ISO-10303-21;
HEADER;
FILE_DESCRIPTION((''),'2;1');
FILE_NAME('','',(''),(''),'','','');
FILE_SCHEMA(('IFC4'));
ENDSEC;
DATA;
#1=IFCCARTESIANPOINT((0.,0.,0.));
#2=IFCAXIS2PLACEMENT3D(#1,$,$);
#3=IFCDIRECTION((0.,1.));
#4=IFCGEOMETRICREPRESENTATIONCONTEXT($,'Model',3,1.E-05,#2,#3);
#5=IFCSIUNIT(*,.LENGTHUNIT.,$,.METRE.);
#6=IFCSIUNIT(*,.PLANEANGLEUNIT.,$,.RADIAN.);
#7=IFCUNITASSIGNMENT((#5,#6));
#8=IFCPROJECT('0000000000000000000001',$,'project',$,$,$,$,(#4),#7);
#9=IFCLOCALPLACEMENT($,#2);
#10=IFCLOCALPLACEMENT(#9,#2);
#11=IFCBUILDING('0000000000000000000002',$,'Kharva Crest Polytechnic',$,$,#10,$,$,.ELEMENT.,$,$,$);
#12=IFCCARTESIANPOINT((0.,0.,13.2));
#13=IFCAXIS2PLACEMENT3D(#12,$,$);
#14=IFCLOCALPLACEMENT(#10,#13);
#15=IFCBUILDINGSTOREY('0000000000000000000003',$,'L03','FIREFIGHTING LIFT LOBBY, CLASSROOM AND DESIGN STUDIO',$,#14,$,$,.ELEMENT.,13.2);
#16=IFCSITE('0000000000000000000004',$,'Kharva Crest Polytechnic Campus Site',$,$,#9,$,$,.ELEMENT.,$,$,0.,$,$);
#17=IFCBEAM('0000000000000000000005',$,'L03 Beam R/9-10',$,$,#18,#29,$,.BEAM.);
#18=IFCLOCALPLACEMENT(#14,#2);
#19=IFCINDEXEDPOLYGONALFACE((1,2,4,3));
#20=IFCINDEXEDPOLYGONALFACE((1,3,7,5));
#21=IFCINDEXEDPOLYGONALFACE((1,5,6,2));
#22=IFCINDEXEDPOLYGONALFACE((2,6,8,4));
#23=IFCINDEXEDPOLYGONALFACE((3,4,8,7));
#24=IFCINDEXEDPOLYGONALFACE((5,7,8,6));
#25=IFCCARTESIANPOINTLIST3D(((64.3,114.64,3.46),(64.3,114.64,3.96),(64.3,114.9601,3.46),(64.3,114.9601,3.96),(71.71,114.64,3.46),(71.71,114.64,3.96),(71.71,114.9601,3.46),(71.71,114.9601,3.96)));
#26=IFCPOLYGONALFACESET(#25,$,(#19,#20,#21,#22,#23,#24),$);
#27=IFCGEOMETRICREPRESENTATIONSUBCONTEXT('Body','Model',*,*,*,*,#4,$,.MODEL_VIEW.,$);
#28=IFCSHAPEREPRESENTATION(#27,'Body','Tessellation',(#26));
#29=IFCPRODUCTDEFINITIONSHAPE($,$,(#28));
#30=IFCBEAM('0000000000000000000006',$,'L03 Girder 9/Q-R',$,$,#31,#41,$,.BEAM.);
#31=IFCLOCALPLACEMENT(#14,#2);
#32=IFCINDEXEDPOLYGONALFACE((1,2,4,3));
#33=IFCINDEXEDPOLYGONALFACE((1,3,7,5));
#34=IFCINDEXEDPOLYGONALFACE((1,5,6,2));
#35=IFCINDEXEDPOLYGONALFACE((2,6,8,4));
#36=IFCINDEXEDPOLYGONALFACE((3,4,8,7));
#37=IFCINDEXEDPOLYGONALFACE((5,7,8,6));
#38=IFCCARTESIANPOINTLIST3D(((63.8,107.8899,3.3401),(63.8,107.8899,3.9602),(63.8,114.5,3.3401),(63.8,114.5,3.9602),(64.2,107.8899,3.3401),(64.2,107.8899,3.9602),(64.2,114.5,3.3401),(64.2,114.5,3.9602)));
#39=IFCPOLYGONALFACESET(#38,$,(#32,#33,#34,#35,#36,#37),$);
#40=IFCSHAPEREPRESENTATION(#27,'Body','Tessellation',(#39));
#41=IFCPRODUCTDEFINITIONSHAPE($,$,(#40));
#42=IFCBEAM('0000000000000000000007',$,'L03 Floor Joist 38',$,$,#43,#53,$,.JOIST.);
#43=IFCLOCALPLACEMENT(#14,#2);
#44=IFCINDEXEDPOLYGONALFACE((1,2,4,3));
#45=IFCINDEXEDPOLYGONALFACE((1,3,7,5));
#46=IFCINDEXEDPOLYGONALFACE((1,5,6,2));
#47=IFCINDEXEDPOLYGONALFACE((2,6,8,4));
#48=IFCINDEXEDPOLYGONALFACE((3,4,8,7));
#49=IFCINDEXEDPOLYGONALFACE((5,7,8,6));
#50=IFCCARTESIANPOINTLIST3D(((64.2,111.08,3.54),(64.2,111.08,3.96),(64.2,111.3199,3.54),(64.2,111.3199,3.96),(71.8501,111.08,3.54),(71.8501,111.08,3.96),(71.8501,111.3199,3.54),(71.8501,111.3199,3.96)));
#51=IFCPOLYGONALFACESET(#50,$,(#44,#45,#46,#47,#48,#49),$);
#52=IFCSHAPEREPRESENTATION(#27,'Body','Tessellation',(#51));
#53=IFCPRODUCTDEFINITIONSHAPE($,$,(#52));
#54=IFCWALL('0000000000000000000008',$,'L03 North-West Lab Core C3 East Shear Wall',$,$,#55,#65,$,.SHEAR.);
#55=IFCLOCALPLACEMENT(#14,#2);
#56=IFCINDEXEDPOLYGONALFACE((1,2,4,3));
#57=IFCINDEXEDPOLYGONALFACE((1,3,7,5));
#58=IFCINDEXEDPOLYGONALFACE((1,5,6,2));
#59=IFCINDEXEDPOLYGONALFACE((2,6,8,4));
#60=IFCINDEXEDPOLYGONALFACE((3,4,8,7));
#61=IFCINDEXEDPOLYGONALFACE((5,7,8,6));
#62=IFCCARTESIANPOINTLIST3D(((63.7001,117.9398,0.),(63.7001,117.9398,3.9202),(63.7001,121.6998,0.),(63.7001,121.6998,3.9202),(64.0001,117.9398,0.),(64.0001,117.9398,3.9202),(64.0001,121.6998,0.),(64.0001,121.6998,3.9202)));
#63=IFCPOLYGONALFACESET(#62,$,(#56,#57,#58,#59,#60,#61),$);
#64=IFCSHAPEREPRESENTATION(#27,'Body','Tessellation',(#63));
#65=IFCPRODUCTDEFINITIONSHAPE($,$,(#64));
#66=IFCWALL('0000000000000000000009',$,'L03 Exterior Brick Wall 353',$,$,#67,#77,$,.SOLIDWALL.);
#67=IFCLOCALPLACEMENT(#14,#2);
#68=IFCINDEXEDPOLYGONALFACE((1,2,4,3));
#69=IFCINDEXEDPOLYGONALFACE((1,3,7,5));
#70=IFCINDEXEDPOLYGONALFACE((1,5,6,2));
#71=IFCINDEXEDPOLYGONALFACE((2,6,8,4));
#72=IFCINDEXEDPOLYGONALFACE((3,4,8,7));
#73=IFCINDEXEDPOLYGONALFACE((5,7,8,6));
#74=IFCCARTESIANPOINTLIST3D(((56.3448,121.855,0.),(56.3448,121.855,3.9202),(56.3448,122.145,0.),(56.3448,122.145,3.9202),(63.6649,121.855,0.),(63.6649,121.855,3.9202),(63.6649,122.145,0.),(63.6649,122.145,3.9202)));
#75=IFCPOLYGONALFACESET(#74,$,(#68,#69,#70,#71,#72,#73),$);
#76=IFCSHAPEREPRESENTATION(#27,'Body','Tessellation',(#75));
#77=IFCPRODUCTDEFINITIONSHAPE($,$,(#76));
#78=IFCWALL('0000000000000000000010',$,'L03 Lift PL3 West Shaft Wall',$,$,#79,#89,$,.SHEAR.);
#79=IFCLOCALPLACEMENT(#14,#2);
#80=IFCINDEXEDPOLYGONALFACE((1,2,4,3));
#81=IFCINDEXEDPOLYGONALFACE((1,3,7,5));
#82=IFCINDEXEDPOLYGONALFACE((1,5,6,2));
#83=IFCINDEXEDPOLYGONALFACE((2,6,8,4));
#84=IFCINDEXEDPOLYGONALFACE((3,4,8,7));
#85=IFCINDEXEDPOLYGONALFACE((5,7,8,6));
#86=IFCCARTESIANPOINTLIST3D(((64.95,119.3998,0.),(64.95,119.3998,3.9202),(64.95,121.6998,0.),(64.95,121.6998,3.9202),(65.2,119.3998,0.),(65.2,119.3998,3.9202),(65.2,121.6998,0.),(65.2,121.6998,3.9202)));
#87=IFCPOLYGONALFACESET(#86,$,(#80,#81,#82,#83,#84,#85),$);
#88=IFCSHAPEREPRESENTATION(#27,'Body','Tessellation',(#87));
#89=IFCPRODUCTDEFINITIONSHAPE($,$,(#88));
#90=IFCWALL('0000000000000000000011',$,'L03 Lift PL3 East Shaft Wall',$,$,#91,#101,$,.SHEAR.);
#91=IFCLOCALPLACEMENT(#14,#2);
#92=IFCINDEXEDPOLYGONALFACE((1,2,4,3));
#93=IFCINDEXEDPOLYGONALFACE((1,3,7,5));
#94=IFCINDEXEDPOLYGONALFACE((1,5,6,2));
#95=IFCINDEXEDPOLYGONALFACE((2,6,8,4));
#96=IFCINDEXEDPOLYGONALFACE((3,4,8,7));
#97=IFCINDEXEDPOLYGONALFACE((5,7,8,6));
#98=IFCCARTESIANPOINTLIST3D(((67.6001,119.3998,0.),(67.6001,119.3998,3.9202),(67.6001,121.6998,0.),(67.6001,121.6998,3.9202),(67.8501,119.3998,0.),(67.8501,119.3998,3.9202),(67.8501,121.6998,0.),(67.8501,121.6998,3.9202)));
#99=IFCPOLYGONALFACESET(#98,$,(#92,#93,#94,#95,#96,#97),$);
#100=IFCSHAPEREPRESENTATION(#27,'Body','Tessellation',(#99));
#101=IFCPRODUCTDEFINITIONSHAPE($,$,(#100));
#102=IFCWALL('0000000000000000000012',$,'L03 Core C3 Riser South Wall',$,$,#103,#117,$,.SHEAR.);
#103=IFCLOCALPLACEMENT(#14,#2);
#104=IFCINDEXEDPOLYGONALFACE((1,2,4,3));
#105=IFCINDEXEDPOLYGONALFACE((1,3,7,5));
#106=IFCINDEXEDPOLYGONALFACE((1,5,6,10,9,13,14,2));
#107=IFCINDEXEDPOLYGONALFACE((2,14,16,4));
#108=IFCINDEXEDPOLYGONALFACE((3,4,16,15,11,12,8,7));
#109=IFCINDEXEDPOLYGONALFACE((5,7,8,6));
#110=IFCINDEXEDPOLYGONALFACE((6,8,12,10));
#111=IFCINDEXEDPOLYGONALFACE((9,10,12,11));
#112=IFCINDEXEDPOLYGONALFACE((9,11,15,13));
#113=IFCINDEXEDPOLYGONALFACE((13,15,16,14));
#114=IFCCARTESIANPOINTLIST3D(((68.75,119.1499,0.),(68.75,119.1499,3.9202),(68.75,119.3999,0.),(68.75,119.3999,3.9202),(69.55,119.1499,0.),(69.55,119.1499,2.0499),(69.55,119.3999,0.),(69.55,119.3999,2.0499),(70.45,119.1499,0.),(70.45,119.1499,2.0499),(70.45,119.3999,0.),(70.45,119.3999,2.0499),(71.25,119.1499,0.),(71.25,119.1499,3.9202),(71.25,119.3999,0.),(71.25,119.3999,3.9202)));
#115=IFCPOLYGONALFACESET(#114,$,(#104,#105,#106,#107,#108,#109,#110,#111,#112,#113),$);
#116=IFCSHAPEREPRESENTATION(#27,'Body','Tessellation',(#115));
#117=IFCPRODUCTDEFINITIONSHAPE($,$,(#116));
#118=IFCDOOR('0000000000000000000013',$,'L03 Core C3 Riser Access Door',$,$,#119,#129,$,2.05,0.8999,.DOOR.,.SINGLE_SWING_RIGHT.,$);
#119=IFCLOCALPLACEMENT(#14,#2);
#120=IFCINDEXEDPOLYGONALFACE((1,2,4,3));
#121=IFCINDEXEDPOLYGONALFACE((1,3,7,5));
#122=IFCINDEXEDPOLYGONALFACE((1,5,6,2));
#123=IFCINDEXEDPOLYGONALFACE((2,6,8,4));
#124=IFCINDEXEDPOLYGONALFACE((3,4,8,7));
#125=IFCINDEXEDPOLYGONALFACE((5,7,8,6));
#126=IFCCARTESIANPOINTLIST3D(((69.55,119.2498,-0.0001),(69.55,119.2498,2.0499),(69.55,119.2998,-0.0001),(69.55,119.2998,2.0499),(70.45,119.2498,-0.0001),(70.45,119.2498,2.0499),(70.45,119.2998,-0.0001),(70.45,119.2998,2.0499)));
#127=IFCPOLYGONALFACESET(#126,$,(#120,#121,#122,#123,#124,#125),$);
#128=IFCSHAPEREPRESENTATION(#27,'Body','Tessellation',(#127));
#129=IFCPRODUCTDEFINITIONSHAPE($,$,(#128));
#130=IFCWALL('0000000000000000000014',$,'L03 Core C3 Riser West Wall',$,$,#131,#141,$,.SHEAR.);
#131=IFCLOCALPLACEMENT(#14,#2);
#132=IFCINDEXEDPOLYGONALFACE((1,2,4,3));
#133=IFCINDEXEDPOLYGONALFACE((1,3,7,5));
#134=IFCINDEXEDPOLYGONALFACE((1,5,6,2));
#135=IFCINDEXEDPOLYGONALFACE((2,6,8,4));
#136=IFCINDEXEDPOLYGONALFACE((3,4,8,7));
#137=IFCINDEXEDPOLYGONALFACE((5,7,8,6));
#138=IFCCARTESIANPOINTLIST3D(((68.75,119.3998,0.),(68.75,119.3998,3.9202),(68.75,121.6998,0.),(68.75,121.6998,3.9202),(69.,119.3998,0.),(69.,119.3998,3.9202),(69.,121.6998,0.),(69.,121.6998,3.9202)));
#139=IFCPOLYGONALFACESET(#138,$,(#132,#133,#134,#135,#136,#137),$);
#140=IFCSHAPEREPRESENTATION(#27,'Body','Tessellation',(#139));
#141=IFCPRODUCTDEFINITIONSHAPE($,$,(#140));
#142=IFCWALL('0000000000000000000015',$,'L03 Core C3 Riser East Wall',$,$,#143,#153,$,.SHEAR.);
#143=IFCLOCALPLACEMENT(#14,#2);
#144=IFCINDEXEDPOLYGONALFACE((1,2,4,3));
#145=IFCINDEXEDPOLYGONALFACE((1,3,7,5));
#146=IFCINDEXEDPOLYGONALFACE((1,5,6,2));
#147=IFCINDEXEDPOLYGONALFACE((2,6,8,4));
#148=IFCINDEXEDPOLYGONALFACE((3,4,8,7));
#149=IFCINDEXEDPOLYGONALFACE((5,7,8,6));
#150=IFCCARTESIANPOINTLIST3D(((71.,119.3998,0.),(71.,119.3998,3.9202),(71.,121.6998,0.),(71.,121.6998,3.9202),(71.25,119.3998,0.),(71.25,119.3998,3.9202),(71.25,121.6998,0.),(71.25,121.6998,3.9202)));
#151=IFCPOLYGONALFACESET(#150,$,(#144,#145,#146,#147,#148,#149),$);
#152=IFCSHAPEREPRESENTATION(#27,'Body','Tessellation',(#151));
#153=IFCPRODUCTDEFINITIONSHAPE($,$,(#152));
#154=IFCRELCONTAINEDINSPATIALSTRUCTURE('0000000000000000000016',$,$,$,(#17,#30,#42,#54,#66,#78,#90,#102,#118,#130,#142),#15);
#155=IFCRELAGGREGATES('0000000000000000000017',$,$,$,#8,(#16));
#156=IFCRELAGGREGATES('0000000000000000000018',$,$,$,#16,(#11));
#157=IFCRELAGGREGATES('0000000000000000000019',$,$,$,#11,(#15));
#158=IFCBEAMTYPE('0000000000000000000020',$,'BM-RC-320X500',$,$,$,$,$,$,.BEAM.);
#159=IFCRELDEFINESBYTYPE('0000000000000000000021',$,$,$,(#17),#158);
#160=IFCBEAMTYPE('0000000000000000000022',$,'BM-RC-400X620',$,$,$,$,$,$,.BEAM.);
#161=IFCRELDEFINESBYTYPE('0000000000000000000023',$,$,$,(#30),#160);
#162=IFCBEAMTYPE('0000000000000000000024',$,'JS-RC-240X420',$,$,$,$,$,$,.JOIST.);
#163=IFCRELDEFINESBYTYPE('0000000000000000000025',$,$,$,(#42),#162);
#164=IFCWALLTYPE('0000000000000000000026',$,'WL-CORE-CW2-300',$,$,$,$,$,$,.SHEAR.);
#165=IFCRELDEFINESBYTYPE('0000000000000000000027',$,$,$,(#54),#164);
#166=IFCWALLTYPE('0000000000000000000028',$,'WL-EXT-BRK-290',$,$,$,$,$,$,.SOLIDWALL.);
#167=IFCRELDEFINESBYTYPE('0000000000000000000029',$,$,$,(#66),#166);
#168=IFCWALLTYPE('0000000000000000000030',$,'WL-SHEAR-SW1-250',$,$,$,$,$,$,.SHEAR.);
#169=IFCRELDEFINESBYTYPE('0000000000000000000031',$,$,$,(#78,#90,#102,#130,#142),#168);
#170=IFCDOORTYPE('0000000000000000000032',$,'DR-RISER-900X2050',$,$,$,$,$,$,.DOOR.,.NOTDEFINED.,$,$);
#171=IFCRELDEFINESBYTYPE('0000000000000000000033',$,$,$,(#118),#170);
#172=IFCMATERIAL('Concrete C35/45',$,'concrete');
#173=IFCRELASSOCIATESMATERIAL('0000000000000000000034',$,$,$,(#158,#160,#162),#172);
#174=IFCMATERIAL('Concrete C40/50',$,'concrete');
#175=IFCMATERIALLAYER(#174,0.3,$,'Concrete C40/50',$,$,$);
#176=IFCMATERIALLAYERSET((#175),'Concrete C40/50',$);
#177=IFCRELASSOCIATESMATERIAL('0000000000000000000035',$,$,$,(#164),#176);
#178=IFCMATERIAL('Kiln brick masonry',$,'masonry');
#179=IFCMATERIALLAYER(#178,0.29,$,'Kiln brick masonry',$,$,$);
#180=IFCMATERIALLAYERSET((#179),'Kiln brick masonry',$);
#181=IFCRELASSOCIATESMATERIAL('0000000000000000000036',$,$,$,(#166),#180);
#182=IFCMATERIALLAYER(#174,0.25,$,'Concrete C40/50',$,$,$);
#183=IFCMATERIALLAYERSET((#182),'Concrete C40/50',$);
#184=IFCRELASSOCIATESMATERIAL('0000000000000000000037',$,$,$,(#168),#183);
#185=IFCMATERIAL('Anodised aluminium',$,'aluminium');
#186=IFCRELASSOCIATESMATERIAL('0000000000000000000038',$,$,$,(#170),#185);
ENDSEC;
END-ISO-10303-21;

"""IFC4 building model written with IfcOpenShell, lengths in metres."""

from ifc_helpers import new_model, si_unit, direction, frame, frame_2d, origin, origin_2d, place, context, subcontext, project, spatial, rectangle, extrude, material, layer, layer_set, material_profile, profile_set, type_object, element, fill, save


model = new_model("IFC4")

# Units and contexts
model_context = context("Model", 3, precision=1e-05, world=origin(), true_north=direction((0.0, 1.0)))
body_context = subcontext(model_context, "Body", "Model", "MODEL_VIEW")
ifc_project = project(units=[si_unit("LENGTHUNIT", "METRE"), si_unit("PLANEANGLEUNIT", "RADIAN")], contexts=[model_context])

# Site, building, storey
site_placement = place(None, origin())
site = spatial("IfcSite", under=ifc_project, at=site_placement, Name="Kharva Crest Polytechnic Campus Site", CompositionType="ELEMENT", RefElevation=0.0)
building_placement = place(site_placement, origin())
building = spatial("IfcBuilding", under=site, at=building_placement, Name="Kharva Crest Polytechnic", CompositionType="ELEMENT")
storey_placement = place(building_placement, frame((0.0, 0.0, 13.2)))
storey = spatial("IfcBuildingStorey", under=building, at=storey_placement, Name="L03", Description="FIREFIGHTING LIFT LOBBY, CLASSROOM AND DESIGN STUDIO", CompositionType="ELEMENT", Elevation=13.2)

# Shared definitions
ifc_material_1 = material(Name="Concrete C40/50", Category="concrete")

# Beams
ifc_material_2 = material(Name="Concrete C35/45", Category="concrete")
ifc_material_profile_1 = material_profile(ifc_material_2, rectangle(XDim=0.3201, YDim=0.5, at=origin_2d()), Name="RECT 320 X 500")
ifc_profile_set_1 = profile_set([ifc_material_profile_1], Name="Concrete C35/45")
beam_type_1 = type_object("IfcBeamType", Name="BM-RC-320X500", PredefinedType="BEAM", material=ifc_profile_set_1)
beam_1_placement = place(storey_placement, frame((64.3, 114.8, 3.71), z_axis=(1.0, 0.0, 0.0), x_axis=(0.0, 1.0, 0.0)))
element("IfcBeam", 1, at=beam_1_placement, inside=storey, type_object=beam_type_1, Name="L03 Beam R/9-10", PredefinedType="BEAM", context=body_context, shape_type="SweptSolid", body=[
    extrude(rectangle(XDim=0.3201, YDim=0.5, at=origin_2d()), origin(), (0.0, 0.0, 1.0), 7.4099),
])
ifc_material_profile_2 = material_profile(ifc_material_2, rectangle(XDim=0.3999, YDim=0.6201, at=origin_2d()), Name="RECT 400 X 620")
ifc_profile_set_2 = profile_set([ifc_material_profile_2], Name="Concrete C35/45")
beam_type_2 = type_object("IfcBeamType", Name="BM-RC-400X620", PredefinedType="BEAM", material=ifc_profile_set_2)
beam_2_placement = place(storey_placement, frame((64.0, 107.8899, 3.6501), z_axis=(0.0, 1.0, 0.0), x_axis=(-1.0, 0.0, 0.0)))
element("IfcBeam", 2, at=beam_2_placement, inside=storey, type_object=beam_type_2, Name="L03 Girder 9/Q-R", PredefinedType="BEAM", context=body_context, shape_type="SweptSolid", body=[
    extrude(rectangle(XDim=0.3999, YDim=0.6201, at=origin_2d()), origin(), (0.0, 0.0, 1.0), 6.6101),
])
ifc_material_profile_3 = material_profile(ifc_material_2, rectangle(XDim=0.24, YDim=0.4199, at=origin_2d()), Name="RECT 240 X 420")
ifc_profile_set_3 = profile_set([ifc_material_profile_3], Name="Concrete C35/45")
beam_type_3 = type_object("IfcBeamType", Name="JS-RC-240X420", PredefinedType="JOIST", material=ifc_profile_set_3)
beam_3_placement = place(storey_placement, frame((64.2, 111.2, 3.75), z_axis=(1.0, 0.0, 0.0), x_axis=(0.0, 1.0, 0.0)))
element("IfcBeam", 3, at=beam_3_placement, inside=storey, type_object=beam_type_3, Name="L03 Floor Joist 38", PredefinedType="JOIST", context=body_context, shape_type="SweptSolid", body=[
    extrude(rectangle(XDim=0.24, YDim=0.4199, at=origin_2d()), origin(), (0.0, 0.0, 1.0), 7.6501),
])

# Walls
ifc_layer_1 = layer(ifc_material_1, 0.3, Name="Concrete C40/50")
ifc_layer_set_1 = layer_set([ifc_layer_1], Name="Concrete C40/50")
wall_type_1 = type_object("IfcWallType", Name="WL-CORE-CW2-300", PredefinedType="SHEAR", material=ifc_layer_set_1)
wall_1_placement = place(storey_placement, frame((63.8501, 117.9399, 0.0), z_axis=(0.0, 0.0, 1.0), x_axis=(0.0, 1.0, 0.0)))
element("IfcWall", 4, at=wall_1_placement, inside=storey, type_object=wall_type_1, Name="L03 North-West Lab Core C3 East Shear Wall", PredefinedType="SHEAR", context=body_context, shape_type="SweptSolid", body=[
    extrude(rectangle(XDim=3.76, YDim=0.3, at=frame_2d((1.8799, 0.0))), origin(), (0.0, 0.0, 1.0), 3.9202),
])
ifc_material_3 = material(Name="Kiln brick masonry", Category="masonry")
ifc_layer_2 = layer(ifc_material_3, 0.29, Name="Kiln brick masonry")
ifc_layer_set_2 = layer_set([ifc_layer_2], Name="Kiln brick masonry")
wall_type_2 = type_object("IfcWallType", Name="WL-EXT-BRK-290", PredefinedType="SOLIDWALL", material=ifc_layer_set_2)
wall_2_placement = place(storey_placement, frame((63.665, 122.0, 0.0), z_axis=(0.0, 0.0, 1.0), x_axis=(-1.0, 0.0, 0.0)))
element("IfcWall", 5, at=wall_2_placement, inside=storey, type_object=wall_type_2, Name="L03 Exterior Brick Wall 353", PredefinedType="SOLIDWALL", context=body_context, shape_type="SweptSolid", body=[
    extrude(rectangle(XDim=7.3201, YDim=0.29, at=frame_2d((3.6602, 0.0))), origin(), (0.0, 0.0, 1.0), 3.9202),
])

# Shared definitions
ifc_layer_3 = layer(ifc_material_1, 0.25, Name="Concrete C40/50")
ifc_layer_set_3 = layer_set([ifc_layer_3], Name="Concrete C40/50")
wall_type_3 = type_object("IfcWallType", Name="WL-SHEAR-SW1-250", PredefinedType="SHEAR", material=ifc_layer_set_3)
ifc_material_4 = material(Name="Anodised aluminium", Category="aluminium")

# Walls
for number, where, z_axis, x_axis, name in (
    (6, (65.075, 119.3999, 0.0), (0.0, 0.0, 1.0), (0.0, 1.0, 0.0), "L03 Lift PL3 West Shaft Wall"),
    (7, (67.7251, 119.3999, 0.0), (0.0, 0.0, 1.0), (0.0, 1.0, 0.0), "L03 Lift PL3 East Shaft Wall"),
):
    element("IfcWall", number, at=place(storey_placement, frame(where, z_axis=z_axis, x_axis=x_axis)), inside=storey, type_object=wall_type_3, Name=name, PredefinedType="SHEAR", context=body_context, shape_type="SweptSolid", body=[
        extrude(rectangle(XDim=2.3, YDim=0.25, at=frame_2d((1.1499, 0.0))), origin(), (0.0, 0.0, 1.0), 3.9202),
    ])

# Wall, opening, door
wall_3_placement = place(storey_placement, frame((68.75, 119.2749, 0.0), z_axis=(0.0, 0.0, 1.0), x_axis=(1.0, 0.0, 0.0)))
wall_3 = element("IfcWall", 8, at=wall_3_placement, inside=storey, type_object=wall_type_3, Name="L03 Core C3 Riser South Wall", PredefinedType="SHEAR", context=body_context, shape_type="SweptSolid", body=[
    extrude(rectangle(XDim=2.5, YDim=0.25, at=frame_2d((1.25, 0.0))), origin(), (0.0, 0.0, 1.0), 3.9202),
])
opening_1_placement = place(wall_3_placement, frame((0.8, 0.0, 0.0)))
opening_1 = element("IfcOpeningElement", 9, at=opening_1_placement, cuts=wall_3, PredefinedType="OPENING", context=body_context, shape_type="SweptSolid", body=[
    extrude(rectangle(XDim=0.8999, YDim=2.05, at=frame_2d((0.45, 1.0249))), frame((0.0, 0.135, 0.0), z_axis=(0.0, -1.0, 0.0), x_axis=(1.0, 0.0, 0.0)), (0.0, 0.0, 1.0), 0.27),
])
door_type_1 = type_object("IfcDoorType", Name="DR-RISER-900X2050", OperationType="NOTDEFINED", PredefinedType="DOOR", material=ifc_material_4)
door_1_placement = place(opening_1_placement, origin())
door_1 = element("IfcDoor", 10, at=door_1_placement, inside=storey, type_object=door_type_1, Name="L03 Core C3 Riser Access Door", OperationType="SINGLE_SWING_RIGHT", OverallHeight=2.05, OverallWidth=0.8999, PredefinedType="DOOR", context=body_context, shape_type="SweptSolid", body=[
    extrude(rectangle(XDim=0.8999, YDim=2.05, at=frame_2d((0.45, 1.0249))), frame((0.0, 0.0249, 0.0), z_axis=(0.0, -1.0, 0.0), x_axis=(1.0, 0.0, 0.0)), (0.0, 0.0, 1.0), 0.05),
])
fill(opening_1, door_1)

# Walls
for number, where, z_axis, x_axis, name in (
    (11, (68.875, 119.3999, 0.0), (0.0, 0.0, 1.0), (0.0, 1.0, 0.0), "L03 Core C3 Riser West Wall"),
    (12, (71.125, 119.3999, 0.0), (0.0, 0.0, 1.0), (0.0, 1.0, 0.0), "L03 Core C3 Riser East Wall"),
):
    element("IfcWall", number, at=place(storey_placement, frame(where, z_axis=z_axis, x_axis=x_axis)), inside=storey, type_object=wall_type_3, Name=name, PredefinedType="SHEAR", context=body_context, shape_type="SweptSolid", body=[
        extrude(rectangle(XDim=2.3, YDim=0.25, at=frame_2d((1.1499, 0.0))), origin(), (0.0, 0.0, 1.0), 3.9202),
    ])

save(model, "model.ifc")
